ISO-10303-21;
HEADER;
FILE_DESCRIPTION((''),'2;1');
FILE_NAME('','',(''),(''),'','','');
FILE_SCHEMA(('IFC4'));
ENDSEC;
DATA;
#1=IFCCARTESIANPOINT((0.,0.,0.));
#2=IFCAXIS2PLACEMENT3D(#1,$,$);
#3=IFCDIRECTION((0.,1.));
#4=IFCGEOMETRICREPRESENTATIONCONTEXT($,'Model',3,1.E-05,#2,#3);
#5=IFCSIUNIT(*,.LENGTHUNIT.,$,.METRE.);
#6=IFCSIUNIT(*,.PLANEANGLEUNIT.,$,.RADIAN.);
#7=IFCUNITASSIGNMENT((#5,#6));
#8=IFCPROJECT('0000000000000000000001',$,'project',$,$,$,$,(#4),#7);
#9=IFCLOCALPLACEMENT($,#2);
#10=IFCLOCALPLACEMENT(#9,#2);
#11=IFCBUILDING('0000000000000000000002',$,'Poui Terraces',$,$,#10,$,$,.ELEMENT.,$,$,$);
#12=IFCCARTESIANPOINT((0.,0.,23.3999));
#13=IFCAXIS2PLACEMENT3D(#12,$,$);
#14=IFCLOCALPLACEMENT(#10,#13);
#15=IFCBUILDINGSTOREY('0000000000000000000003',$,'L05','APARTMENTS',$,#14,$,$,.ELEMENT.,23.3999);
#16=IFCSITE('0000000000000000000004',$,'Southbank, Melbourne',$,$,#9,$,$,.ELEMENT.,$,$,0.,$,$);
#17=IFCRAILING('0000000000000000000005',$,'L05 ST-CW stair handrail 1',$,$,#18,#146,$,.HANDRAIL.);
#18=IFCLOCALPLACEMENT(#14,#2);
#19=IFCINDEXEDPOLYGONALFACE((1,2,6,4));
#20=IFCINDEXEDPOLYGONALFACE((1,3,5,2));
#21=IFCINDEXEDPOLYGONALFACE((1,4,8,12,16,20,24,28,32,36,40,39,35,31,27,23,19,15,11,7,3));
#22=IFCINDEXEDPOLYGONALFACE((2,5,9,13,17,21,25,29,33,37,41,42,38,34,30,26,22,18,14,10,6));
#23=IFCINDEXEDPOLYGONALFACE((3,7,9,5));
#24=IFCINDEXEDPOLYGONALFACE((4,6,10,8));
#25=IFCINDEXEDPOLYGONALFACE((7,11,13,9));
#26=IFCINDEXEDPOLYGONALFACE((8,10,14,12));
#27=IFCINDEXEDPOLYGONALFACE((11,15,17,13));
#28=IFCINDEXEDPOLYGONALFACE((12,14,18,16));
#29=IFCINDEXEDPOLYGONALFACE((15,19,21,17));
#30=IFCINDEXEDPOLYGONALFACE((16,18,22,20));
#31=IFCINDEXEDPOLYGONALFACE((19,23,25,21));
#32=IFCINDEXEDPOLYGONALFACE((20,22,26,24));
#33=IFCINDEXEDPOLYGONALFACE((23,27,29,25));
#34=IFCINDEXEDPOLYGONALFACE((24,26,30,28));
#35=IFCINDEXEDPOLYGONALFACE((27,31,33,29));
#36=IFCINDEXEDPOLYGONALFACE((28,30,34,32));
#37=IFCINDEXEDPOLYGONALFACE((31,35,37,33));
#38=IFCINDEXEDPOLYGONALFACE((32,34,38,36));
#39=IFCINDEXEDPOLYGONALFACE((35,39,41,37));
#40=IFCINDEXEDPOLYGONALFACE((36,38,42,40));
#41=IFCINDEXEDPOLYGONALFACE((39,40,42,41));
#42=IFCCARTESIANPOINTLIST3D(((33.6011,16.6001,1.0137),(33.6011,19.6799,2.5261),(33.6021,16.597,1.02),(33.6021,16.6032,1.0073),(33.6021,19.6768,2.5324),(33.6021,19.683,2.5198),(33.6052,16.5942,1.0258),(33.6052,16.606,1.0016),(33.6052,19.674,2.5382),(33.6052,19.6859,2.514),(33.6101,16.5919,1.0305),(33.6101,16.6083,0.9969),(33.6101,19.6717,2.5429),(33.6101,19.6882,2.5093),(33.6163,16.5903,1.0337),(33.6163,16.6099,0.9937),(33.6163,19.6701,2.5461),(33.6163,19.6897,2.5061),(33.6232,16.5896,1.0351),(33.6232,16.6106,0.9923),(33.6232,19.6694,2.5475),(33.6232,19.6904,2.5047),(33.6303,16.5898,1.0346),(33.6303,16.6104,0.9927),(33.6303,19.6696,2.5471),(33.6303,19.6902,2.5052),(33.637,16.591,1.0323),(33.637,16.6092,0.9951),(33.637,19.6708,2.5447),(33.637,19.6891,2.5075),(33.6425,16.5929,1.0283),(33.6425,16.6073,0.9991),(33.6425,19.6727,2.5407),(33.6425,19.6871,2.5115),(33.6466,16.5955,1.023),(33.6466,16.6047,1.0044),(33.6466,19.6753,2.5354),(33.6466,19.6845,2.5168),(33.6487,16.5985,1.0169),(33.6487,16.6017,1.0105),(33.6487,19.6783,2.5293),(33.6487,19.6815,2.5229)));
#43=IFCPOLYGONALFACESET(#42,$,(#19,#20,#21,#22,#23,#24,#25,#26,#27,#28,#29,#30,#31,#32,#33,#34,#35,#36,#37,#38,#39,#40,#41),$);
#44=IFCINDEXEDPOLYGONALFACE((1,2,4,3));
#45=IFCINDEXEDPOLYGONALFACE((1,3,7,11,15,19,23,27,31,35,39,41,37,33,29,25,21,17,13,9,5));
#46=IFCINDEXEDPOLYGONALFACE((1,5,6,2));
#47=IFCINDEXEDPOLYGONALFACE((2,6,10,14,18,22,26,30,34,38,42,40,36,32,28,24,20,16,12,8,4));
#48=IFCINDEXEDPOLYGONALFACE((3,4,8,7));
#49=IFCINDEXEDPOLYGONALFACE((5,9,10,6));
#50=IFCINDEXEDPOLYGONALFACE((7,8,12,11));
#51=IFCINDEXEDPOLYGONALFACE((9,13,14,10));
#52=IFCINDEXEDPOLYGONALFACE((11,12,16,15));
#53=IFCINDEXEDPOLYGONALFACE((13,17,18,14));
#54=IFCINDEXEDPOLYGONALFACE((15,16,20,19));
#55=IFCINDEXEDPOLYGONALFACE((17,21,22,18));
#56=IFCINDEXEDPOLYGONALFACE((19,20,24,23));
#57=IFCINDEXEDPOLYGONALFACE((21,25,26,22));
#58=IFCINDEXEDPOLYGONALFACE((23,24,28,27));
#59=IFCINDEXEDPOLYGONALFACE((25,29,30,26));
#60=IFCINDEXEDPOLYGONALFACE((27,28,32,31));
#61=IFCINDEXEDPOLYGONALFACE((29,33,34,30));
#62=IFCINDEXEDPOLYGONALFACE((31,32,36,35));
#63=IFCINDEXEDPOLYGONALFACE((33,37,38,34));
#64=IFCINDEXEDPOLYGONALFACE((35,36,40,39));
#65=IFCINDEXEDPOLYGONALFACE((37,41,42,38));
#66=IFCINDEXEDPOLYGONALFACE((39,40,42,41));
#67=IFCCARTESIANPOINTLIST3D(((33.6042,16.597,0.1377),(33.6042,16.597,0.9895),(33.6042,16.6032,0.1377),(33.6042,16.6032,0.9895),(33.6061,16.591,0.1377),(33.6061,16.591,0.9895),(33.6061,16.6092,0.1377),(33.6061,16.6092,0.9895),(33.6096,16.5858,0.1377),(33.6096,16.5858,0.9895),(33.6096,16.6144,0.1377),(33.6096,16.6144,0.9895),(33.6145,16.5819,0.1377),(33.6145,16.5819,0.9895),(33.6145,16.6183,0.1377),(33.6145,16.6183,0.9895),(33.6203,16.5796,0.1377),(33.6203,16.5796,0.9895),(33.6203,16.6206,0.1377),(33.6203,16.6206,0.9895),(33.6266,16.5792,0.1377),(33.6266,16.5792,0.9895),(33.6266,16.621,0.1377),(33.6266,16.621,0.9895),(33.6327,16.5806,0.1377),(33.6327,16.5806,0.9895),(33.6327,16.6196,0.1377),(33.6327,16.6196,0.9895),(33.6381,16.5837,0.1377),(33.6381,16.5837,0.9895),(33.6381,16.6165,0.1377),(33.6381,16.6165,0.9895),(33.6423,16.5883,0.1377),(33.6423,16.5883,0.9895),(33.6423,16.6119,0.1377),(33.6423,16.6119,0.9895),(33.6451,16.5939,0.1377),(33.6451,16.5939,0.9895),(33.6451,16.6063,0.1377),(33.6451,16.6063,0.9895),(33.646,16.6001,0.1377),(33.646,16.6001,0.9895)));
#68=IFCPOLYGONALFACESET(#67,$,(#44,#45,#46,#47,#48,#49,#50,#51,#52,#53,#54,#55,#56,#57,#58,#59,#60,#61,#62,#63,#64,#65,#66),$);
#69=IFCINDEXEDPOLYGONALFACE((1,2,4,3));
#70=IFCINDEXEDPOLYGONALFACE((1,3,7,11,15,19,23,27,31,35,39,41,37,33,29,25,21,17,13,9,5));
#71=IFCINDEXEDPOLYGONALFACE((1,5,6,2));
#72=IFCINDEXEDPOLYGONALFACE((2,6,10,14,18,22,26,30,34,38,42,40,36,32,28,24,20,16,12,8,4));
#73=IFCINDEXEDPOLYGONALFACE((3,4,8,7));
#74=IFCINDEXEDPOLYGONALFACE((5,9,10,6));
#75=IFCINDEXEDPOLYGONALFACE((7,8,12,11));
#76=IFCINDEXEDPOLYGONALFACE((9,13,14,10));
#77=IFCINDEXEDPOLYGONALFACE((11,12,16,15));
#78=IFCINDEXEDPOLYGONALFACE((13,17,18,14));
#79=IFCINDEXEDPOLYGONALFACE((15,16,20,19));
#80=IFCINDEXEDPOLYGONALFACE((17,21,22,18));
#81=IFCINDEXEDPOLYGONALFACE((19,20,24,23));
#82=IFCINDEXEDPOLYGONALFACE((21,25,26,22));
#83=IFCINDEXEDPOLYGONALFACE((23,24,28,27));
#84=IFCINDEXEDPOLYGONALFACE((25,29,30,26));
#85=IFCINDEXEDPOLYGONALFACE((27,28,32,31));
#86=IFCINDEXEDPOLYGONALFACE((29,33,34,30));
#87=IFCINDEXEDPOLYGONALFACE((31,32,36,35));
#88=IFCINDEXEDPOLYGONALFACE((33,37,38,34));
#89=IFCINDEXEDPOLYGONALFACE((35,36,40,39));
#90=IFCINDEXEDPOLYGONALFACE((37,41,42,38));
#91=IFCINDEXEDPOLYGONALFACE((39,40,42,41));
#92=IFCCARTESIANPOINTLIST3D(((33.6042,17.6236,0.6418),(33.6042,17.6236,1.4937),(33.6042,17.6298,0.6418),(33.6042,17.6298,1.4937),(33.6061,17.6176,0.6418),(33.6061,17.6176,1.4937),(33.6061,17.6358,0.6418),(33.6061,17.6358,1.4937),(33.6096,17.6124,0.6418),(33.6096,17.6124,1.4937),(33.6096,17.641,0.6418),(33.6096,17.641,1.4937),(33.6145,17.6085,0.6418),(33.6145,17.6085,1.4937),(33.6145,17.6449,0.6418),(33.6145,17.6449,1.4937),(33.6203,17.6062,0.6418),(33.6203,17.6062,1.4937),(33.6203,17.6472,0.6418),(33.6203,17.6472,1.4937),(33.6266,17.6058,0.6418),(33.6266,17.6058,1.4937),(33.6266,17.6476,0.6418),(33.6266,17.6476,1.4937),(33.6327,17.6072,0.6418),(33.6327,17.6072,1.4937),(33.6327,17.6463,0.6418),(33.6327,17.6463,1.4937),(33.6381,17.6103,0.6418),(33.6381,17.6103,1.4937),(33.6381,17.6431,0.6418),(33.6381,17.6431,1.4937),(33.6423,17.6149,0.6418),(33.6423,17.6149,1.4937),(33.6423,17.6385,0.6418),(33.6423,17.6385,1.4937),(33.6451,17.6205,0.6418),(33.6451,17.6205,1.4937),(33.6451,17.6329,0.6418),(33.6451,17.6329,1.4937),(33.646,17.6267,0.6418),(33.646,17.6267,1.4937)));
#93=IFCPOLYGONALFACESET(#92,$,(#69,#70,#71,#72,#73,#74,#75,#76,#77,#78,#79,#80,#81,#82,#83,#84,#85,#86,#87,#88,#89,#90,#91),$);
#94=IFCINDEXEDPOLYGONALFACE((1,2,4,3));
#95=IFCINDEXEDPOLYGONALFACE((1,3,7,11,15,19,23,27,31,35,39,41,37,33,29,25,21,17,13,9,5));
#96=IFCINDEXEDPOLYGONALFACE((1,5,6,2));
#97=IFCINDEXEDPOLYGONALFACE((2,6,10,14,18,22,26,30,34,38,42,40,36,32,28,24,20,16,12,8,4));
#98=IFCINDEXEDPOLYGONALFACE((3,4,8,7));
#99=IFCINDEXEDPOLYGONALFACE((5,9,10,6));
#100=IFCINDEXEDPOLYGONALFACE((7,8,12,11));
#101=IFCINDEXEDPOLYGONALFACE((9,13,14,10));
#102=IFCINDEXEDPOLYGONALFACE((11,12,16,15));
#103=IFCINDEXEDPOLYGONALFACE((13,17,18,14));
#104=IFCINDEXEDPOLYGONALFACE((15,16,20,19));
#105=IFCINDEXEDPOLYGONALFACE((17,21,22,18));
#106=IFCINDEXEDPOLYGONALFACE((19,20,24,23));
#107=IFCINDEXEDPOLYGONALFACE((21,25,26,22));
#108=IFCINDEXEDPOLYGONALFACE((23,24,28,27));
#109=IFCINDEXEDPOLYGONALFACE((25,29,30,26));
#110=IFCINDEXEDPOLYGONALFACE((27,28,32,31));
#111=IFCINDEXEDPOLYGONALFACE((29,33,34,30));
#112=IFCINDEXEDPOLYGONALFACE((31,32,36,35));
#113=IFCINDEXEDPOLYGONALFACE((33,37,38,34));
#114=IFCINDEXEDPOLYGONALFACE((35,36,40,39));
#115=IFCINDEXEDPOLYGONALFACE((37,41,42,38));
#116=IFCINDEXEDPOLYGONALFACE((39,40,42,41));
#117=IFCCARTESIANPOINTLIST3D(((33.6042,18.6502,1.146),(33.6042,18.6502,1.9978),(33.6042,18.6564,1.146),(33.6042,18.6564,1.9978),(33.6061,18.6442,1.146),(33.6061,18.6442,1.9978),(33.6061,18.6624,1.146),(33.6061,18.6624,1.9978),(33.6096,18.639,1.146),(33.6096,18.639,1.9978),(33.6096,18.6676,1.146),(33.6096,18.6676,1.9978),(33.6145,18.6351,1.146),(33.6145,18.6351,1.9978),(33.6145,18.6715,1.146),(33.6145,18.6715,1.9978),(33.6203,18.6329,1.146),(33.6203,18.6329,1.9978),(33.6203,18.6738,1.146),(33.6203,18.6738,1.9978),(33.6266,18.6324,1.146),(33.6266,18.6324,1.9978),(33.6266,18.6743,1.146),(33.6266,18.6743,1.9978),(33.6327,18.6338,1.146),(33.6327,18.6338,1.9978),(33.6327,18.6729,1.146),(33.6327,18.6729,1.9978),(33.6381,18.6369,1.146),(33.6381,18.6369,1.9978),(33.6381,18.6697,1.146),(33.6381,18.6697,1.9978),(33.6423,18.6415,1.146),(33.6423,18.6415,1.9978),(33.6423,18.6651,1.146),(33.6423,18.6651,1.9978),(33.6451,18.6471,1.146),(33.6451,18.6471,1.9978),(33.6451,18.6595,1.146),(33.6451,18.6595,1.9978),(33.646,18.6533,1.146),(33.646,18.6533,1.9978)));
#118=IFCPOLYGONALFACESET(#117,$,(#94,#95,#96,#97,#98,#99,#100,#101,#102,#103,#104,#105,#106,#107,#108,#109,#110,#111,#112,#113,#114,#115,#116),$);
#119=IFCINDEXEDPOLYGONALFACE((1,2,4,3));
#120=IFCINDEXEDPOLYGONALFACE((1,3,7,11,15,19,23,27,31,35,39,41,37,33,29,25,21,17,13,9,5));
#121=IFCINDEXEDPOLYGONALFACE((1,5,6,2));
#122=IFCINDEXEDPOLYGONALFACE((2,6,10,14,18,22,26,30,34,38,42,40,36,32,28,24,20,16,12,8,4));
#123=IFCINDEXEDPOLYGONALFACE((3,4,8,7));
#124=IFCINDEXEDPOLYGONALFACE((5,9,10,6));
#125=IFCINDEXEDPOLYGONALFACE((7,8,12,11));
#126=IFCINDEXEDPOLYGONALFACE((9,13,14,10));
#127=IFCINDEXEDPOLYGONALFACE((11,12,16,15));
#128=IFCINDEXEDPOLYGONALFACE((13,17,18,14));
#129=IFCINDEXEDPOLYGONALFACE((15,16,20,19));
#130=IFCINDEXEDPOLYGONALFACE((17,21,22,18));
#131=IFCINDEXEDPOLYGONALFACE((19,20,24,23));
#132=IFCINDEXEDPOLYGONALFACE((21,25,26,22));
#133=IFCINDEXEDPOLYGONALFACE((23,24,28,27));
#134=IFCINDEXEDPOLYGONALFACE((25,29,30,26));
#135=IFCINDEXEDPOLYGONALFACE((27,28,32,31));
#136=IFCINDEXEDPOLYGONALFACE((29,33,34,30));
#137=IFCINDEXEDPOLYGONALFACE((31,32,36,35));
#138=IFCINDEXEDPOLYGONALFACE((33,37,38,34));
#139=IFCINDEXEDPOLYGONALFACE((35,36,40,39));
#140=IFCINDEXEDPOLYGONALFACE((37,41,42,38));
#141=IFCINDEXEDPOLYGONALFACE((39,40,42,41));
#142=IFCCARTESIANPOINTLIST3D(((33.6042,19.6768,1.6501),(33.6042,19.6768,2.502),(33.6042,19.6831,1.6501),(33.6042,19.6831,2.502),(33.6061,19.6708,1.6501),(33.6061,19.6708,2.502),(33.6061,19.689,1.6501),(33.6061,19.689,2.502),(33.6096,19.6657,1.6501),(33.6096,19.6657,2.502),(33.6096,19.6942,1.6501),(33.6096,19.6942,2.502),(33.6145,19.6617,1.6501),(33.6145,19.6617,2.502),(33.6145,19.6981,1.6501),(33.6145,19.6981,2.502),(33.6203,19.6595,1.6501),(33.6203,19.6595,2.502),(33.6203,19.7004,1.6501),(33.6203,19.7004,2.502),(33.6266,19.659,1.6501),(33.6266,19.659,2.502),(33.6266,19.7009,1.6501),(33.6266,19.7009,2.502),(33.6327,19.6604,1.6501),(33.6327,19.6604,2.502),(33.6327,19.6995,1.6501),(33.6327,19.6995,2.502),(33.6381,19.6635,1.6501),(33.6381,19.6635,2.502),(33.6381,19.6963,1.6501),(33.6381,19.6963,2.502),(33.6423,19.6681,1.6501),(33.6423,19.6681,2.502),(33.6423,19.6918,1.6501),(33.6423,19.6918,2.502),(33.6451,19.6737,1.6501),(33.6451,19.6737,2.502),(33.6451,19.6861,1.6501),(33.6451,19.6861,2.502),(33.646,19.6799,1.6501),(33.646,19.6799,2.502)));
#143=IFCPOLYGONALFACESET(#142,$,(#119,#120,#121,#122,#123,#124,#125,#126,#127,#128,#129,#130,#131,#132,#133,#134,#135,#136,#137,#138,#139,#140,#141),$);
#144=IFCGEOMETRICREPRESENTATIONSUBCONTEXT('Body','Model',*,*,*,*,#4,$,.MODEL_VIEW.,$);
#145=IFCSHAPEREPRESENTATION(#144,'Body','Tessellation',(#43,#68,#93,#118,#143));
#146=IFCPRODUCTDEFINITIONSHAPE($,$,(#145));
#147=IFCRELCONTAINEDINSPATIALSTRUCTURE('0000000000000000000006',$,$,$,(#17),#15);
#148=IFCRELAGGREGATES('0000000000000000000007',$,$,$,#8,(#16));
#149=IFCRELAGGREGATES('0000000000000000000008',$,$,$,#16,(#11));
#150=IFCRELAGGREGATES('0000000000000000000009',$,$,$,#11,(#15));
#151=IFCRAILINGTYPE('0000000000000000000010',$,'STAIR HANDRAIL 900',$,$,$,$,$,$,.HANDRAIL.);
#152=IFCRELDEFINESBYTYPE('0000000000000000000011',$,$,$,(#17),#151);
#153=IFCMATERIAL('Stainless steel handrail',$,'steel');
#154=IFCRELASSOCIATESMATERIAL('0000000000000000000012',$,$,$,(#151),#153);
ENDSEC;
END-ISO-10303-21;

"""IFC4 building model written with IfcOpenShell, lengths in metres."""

from ifc_helpers import new_model, si_unit, direction, frame, origin, origin_2d, place, context, subcontext, project, spatial, circle, extrude, material, type_object, element, save


model = new_model("IFC4")

# Units and contexts
model_context = context("Model", 3, precision=1e-05, world=origin(), true_north=direction((0.0, 1.0)))
body_context = subcontext(model_context, "Body", "Model", "MODEL_VIEW")
ifc_project = project(units=[si_unit("LENGTHUNIT", "METRE"), si_unit("PLANEANGLEUNIT", "RADIAN")], contexts=[model_context])

# Site, building, storey
site_placement = place(None, origin())
site = spatial("IfcSite", under=ifc_project, at=site_placement, Name="Southbank, Melbourne", CompositionType="ELEMENT", RefElevation=0.0)
building_placement = place(site_placement, origin())
building = spatial("IfcBuilding", under=site, at=building_placement, Name="Poui Terraces", CompositionType="ELEMENT")
storey_placement = place(building_placement, frame((0.0, 0.0, 23.3999)))
storey = spatial("IfcBuildingStorey", under=building, at=storey_placement, Name="L05", Description="APARTMENTS", CompositionType="ELEMENT", Elevation=23.3999)

# Railing
ifc_material_1 = material(Name="Stainless steel handrail", Category="steel")
railing_type_1 = type_object("IfcRailingType", Name="STAIR HANDRAIL 900", PredefinedType="HANDRAIL", material=ifc_material_1)
railing_1_placement = place(storey_placement, frame((33.625, 16.6001, 0.1377)))
element("IfcRailing", 1, at=railing_1_placement, inside=storey, type_object=railing_type_1, Name="L05 ST-CW stair handrail 1", PredefinedType="HANDRAIL", context=body_context, shape_type="SweptSolid", body=[
    extrude(circle(Radius=0.0239, at=origin_2d()), frame((0.0, 0.0, 0.876), z_axis=(0.0, 0.897606, 0.440798), x_axis=(-1.0, 0.0, 0.0)), (0.0, 0.0, 1.0), 3.4312),
    extrude(circle(Radius=0.021, at=origin_2d()), origin(), (0.0, 0.0, 1.0), 0.8518),
    extrude(circle(Radius=0.021, at=origin_2d()), frame((0.0, 1.0266, 0.5042)), (0.0, 0.0, 1.0), 0.8518),
    extrude(circle(Radius=0.021, at=origin_2d()), frame((0.0, 2.0532, 1.0083)), (0.0, 0.0, 1.0), 0.8518),
    extrude(circle(Radius=0.021, at=origin_2d()), frame((0.0, 3.0798, 1.5125)), (0.0, 0.0, 1.0), 0.8518),
])

save(model, "model.ifc")
